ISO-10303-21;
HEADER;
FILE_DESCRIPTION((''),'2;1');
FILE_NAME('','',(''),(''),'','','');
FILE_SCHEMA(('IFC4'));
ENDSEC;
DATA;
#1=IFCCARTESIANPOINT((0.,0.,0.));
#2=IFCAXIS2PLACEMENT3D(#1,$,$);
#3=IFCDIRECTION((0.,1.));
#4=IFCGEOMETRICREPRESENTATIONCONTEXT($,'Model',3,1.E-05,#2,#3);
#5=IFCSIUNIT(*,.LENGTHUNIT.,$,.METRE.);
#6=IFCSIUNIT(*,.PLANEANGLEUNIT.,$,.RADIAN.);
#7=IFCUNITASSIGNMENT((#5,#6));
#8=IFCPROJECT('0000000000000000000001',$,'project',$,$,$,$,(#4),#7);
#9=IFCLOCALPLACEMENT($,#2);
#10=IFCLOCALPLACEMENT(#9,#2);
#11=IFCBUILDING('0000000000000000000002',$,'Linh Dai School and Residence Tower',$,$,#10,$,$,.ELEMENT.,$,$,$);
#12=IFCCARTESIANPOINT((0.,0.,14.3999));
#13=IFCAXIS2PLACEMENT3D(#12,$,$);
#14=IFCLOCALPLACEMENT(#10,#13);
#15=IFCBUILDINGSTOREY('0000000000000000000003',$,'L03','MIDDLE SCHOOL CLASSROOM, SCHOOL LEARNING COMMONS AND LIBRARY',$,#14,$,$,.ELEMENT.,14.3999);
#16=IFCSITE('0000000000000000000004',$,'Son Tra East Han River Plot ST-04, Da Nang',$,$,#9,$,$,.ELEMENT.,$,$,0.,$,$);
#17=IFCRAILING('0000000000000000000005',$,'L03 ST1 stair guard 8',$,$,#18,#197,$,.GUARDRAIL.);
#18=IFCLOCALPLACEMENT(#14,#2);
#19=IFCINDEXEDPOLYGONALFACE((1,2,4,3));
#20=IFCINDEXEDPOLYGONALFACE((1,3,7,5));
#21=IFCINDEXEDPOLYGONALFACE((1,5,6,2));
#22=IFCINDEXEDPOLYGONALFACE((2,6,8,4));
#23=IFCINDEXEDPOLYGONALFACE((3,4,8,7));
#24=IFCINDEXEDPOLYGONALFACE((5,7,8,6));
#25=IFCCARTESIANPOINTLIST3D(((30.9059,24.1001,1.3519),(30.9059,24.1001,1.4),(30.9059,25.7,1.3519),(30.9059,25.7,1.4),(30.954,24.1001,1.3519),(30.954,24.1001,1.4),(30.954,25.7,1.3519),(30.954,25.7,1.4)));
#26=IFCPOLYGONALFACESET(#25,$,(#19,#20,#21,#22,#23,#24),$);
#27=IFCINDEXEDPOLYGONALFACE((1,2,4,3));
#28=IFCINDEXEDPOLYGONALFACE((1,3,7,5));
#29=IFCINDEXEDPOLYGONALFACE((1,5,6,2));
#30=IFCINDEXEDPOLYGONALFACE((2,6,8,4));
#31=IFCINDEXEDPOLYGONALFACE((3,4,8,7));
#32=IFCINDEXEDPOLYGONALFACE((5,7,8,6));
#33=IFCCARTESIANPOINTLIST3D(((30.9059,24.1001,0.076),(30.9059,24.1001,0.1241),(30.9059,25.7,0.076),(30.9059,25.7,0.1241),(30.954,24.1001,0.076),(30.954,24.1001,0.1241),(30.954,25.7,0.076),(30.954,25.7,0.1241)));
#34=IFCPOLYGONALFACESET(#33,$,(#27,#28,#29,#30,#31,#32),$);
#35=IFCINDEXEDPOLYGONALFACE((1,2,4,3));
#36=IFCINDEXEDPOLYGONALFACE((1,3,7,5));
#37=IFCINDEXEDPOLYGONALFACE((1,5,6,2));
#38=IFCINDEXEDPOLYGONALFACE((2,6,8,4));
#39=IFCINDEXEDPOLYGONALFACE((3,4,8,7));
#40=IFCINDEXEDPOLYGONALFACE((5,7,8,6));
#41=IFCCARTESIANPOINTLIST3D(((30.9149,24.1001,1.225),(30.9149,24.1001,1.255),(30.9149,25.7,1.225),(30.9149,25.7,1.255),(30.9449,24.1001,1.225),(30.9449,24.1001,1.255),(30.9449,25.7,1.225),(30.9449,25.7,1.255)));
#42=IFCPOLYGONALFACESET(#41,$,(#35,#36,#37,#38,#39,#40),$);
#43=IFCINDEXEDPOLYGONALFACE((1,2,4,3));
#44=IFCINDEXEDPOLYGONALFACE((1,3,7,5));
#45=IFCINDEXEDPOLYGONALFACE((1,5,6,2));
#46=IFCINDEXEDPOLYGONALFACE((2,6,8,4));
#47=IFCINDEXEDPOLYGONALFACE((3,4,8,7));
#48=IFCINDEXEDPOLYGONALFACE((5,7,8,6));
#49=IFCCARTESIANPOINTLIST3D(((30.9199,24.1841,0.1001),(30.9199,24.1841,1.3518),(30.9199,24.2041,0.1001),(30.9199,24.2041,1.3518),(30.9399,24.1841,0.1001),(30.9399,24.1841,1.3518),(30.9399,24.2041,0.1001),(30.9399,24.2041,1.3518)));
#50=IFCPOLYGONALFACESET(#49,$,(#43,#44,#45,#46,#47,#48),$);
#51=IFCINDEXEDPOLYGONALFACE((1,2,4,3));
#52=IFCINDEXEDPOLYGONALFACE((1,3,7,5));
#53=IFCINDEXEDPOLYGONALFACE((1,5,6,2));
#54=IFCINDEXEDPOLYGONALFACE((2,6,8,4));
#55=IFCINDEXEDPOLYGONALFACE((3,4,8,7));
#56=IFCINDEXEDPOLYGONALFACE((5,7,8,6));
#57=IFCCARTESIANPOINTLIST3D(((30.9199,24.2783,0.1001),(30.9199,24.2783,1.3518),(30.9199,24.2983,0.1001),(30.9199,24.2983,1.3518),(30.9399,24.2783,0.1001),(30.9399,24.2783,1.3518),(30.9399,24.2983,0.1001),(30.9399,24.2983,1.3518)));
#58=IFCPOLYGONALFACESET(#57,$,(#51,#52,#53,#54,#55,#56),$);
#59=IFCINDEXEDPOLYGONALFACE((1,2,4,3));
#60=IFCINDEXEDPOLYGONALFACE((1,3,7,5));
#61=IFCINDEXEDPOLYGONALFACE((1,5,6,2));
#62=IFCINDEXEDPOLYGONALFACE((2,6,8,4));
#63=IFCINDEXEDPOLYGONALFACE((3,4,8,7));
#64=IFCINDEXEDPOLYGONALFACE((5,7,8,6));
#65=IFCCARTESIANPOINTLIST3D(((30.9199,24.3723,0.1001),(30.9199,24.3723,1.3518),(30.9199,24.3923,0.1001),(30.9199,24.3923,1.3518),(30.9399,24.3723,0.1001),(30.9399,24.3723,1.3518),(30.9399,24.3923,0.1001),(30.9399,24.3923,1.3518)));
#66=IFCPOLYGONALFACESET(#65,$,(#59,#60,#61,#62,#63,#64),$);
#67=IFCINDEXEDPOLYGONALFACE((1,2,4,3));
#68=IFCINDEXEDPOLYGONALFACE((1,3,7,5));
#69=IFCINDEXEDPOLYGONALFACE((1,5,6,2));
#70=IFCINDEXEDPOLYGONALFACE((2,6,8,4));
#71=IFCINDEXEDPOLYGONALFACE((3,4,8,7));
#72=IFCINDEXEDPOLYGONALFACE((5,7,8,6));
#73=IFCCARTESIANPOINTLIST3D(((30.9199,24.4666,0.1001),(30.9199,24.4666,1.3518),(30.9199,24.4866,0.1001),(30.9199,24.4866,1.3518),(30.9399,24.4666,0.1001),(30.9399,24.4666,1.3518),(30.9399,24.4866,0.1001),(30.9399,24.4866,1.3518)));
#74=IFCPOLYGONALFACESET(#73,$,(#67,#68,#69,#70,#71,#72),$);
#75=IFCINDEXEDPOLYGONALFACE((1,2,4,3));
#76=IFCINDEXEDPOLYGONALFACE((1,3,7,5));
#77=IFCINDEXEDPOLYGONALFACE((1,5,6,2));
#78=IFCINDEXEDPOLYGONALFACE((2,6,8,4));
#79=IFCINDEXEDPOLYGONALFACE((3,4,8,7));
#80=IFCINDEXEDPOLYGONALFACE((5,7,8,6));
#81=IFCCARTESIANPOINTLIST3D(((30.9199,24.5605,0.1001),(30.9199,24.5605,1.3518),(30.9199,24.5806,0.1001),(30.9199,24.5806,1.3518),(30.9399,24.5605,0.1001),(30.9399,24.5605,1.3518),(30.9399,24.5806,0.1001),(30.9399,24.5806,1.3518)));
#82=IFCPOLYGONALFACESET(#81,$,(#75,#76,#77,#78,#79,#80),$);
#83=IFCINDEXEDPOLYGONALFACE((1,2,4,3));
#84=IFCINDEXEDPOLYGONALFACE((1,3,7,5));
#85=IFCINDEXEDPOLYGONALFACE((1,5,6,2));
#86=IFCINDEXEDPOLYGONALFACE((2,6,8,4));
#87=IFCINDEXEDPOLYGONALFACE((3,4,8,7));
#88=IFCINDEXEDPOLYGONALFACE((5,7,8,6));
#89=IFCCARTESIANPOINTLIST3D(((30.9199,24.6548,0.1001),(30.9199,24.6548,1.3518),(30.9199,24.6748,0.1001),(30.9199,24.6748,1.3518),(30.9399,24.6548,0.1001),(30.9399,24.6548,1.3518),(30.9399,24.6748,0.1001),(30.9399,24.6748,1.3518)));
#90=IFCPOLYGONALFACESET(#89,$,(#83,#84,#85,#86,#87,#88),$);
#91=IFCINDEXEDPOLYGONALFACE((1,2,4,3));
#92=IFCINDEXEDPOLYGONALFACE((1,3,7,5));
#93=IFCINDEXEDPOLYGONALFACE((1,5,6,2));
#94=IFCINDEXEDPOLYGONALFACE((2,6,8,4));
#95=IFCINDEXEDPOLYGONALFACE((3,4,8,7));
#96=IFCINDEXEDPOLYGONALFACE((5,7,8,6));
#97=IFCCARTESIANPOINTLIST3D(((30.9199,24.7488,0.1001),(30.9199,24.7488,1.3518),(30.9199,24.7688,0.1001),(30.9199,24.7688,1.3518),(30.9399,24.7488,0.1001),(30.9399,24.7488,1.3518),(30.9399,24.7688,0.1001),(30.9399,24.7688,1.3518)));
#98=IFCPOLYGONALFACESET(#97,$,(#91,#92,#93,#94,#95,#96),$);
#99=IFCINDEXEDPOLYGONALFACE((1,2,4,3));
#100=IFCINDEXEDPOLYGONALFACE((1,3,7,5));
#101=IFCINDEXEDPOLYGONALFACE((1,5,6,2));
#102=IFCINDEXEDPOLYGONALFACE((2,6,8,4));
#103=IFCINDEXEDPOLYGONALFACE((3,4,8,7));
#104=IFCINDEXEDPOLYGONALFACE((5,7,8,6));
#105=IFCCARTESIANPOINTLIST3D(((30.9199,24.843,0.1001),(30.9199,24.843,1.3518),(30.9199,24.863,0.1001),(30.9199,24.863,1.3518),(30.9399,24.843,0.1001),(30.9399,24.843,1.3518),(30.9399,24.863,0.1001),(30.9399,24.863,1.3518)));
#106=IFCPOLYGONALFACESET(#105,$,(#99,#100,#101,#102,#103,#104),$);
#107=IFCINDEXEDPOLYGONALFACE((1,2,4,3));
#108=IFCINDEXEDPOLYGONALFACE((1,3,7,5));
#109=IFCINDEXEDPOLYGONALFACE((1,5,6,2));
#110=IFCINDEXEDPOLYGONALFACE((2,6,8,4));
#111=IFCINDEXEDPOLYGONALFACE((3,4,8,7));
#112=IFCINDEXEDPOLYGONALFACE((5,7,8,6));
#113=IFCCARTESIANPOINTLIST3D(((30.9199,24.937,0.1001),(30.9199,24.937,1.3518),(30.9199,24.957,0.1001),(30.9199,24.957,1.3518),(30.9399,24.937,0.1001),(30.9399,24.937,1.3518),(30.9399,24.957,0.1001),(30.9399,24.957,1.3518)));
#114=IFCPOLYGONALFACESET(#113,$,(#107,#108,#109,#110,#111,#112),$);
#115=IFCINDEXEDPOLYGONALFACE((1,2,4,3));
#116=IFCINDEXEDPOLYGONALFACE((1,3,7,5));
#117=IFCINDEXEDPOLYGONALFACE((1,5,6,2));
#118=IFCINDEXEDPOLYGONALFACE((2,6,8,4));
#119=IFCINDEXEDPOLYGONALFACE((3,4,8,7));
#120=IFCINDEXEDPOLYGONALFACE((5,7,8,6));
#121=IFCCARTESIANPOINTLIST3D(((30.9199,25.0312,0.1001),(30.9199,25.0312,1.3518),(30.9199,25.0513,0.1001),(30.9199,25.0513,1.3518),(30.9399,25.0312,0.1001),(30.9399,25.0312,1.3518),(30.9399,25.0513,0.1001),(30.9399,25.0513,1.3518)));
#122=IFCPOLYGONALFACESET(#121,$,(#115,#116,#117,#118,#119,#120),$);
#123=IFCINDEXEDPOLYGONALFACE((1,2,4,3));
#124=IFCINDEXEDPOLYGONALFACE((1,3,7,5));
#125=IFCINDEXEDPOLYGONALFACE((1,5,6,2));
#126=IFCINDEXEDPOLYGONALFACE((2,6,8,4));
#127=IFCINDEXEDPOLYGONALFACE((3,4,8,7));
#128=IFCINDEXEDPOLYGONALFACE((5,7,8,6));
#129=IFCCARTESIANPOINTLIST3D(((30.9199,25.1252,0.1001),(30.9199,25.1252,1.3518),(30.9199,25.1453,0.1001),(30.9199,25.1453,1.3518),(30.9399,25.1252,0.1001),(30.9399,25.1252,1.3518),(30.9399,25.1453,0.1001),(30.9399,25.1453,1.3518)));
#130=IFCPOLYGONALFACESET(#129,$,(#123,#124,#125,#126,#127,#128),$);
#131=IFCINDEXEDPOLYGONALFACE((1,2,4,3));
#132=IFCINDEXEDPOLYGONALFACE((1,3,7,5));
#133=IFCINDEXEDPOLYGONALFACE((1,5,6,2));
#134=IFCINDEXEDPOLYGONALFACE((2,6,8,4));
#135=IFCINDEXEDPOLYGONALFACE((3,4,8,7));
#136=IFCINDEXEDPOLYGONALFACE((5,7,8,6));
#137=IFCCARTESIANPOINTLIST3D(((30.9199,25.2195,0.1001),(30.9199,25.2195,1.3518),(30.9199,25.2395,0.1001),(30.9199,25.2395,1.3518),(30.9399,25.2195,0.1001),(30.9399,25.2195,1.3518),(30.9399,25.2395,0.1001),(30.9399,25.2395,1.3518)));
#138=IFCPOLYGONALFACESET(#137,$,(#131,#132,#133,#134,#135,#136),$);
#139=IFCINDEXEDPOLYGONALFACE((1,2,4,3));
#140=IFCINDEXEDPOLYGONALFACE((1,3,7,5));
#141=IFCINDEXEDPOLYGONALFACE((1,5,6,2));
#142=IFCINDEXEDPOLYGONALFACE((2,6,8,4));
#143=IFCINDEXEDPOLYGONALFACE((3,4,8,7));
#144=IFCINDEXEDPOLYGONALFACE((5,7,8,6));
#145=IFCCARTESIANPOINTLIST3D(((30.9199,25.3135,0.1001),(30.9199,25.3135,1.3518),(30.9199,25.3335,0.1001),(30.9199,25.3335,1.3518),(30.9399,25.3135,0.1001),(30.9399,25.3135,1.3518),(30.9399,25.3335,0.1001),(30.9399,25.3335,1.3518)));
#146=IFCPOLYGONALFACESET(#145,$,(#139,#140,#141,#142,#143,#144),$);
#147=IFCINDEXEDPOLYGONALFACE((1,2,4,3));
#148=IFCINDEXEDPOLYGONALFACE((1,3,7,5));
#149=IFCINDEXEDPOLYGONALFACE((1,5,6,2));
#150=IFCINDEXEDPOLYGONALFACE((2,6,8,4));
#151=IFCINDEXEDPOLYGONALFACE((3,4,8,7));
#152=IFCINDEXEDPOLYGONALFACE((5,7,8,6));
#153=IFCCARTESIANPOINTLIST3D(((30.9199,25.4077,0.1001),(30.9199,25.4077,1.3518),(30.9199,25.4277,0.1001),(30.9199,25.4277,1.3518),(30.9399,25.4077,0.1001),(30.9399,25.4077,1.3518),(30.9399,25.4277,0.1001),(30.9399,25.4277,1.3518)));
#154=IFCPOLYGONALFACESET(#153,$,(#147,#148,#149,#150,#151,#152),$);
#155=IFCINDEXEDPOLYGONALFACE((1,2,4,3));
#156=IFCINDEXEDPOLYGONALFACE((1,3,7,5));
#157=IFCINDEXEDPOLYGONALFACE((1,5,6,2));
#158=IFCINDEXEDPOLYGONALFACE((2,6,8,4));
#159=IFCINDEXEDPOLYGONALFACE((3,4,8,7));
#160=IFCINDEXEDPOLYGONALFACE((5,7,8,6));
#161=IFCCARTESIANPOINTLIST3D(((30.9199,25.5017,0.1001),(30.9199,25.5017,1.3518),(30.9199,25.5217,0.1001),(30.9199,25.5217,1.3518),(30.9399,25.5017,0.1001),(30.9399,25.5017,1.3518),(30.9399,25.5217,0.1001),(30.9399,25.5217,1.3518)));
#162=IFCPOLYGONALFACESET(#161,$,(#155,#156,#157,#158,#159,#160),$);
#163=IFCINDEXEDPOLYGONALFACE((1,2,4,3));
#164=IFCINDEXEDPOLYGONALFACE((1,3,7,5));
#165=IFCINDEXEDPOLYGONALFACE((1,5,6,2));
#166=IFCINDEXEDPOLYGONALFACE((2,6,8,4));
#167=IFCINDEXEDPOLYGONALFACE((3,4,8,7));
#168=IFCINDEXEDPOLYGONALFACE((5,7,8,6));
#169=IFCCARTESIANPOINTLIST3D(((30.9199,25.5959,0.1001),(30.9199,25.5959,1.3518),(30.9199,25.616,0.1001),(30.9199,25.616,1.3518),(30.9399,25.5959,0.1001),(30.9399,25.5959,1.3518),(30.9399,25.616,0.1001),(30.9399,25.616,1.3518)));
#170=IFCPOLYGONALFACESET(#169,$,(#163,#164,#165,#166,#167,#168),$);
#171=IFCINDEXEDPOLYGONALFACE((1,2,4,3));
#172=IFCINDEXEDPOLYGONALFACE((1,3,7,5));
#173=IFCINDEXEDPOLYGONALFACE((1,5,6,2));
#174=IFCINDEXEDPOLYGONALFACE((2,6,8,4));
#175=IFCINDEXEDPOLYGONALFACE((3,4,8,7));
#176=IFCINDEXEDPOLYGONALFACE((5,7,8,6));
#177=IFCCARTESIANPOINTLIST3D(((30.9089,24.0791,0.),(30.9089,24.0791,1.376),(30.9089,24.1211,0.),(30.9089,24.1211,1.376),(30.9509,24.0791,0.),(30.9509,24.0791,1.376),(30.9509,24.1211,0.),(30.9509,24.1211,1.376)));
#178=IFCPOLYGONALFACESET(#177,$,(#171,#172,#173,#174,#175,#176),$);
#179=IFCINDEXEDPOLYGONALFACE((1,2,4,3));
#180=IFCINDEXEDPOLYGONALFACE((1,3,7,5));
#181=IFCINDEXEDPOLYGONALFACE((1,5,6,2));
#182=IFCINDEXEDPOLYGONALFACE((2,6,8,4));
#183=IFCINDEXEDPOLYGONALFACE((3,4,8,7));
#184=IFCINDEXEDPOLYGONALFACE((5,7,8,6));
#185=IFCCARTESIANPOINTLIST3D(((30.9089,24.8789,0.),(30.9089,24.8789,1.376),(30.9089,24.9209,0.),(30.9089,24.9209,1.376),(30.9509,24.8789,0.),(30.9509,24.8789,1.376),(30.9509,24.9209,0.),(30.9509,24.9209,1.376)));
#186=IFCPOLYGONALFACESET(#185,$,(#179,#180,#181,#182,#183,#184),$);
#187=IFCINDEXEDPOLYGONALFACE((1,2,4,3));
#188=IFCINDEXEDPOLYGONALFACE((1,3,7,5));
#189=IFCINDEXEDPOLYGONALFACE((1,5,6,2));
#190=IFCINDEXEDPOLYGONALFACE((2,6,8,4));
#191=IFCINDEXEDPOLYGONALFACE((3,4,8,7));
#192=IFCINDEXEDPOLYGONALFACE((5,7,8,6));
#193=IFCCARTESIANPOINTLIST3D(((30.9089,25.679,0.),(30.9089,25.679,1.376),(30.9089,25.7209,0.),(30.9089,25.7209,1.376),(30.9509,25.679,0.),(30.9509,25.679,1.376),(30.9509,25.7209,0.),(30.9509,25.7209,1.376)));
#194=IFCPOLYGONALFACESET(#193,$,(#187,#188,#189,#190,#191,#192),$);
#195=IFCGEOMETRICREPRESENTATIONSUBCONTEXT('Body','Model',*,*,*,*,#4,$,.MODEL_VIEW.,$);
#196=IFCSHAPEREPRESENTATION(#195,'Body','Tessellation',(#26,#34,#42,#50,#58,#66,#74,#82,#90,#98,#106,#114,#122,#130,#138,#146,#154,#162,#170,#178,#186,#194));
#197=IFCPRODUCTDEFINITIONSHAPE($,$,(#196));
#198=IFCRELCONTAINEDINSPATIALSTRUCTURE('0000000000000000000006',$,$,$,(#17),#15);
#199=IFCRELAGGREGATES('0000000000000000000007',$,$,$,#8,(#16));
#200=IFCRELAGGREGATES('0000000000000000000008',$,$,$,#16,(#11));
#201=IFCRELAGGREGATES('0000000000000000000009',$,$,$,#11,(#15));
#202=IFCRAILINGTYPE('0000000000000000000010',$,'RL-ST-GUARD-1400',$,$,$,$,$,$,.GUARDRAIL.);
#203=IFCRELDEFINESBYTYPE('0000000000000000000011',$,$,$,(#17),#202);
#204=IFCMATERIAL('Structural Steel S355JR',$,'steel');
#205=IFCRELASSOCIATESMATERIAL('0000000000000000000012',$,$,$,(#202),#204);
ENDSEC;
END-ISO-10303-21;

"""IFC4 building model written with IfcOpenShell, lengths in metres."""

from ifc_helpers import new_model, si_unit, direction, frame, origin, origin_2d, place, context, subcontext, project, spatial, rectangle, extrude, source, transform, mapped, material, type_object, element, save


model = new_model("IFC4")

# Units and contexts
model_context = context("Model", 3, precision=1e-05, world=origin(), true_north=direction((0.0, 1.0)))
body_context = subcontext(model_context, "Body", "Model", "MODEL_VIEW")
ifc_project = project(units=[si_unit("LENGTHUNIT", "METRE"), si_unit("PLANEANGLEUNIT", "RADIAN")], contexts=[model_context])

# Site, building, storey
site_placement = place(None, origin())
site = spatial("IfcSite", under=ifc_project, at=site_placement, Name="Son Tra East Han River Plot ST-04, Da Nang", CompositionType="ELEMENT", RefElevation=0.0)
building_placement = place(site_placement, origin())
building = spatial("IfcBuilding", under=site, at=building_placement, Name="Linh Dai School and Residence Tower", CompositionType="ELEMENT")
storey_placement = place(building_placement, frame((0.0, 0.0, 14.3999)))
storey = spatial("IfcBuildingStorey", under=building, at=storey_placement, Name="L03", Description="MIDDLE SCHOOL CLASSROOM, SCHOOL LEARNING COMMONS AND LIBRARY", CompositionType="ELEMENT", Elevation=14.3999)

# Shared definitions
ifc_material_1 = material(Name="Structural Steel S355JR", Category="steel")

# Railing
railing_type_1 = type_object("IfcRailingType", Name="RL-ST-GUARD-1400", PredefinedType="GUARDRAIL", material=ifc_material_1)
shared_shape_1 = source(origin(), body_context, "Body", "SweptSolid", [
    extrude(rectangle(XDim=0.0481, YDim=0.0481, at=origin_2d()), frame((0.0, 0.0, 1.376), z_axis=(0.0, 1.0, 0.0), x_axis=(-1.0, 0.0, 0.0)), (0.0, 0.0, 1.0), 1.5999),
    extrude(rectangle(XDim=0.0481, YDim=0.0481, at=origin_2d()), frame((0.0, 0.0, 0.1001), z_axis=(0.0, 1.0, 0.0), x_axis=(-1.0, 0.0, 0.0)), (0.0, 0.0, 1.0), 1.5999),
    extrude(rectangle(XDim=0.03, YDim=0.03, at=origin_2d()), frame((0.0, 0.0, 1.24), z_axis=(0.0, 1.0, 0.0), x_axis=(-1.0, 0.0, 0.0)), (0.0, 0.0, 1.0), 1.5999),
    extrude(rectangle(XDim=0.02, YDim=0.02, at=origin_2d()), frame((0.0, 0.094, 0.1001)), (0.0, 0.0, 1.0), 1.2517),
    extrude(rectangle(XDim=0.02, YDim=0.02, at=origin_2d()), frame((0.0, 0.1882, 0.1001)), (0.0, 0.0, 1.0), 1.2517),
    extrude(rectangle(XDim=0.02, YDim=0.02, at=origin_2d()), frame((0.0, 0.2822, 0.1001)), (0.0, 0.0, 1.0), 1.2517),
    extrude(rectangle(XDim=0.02, YDim=0.02, at=origin_2d()), frame((0.0, 0.3765, 0.1001)), (0.0, 0.0, 1.0), 1.2517),
    extrude(rectangle(XDim=0.02, YDim=0.02, at=origin_2d()), frame((0.0, 0.4705, 0.1001)), (0.0, 0.0, 1.0), 1.2517),
    extrude(rectangle(XDim=0.02, YDim=0.02, at=origin_2d()), frame((0.0, 0.5647, 0.1001)), (0.0, 0.0, 1.0), 1.2517),
    extrude(rectangle(XDim=0.02, YDim=0.02, at=origin_2d()), frame((0.0, 0.6587, 0.1001)), (0.0, 0.0, 1.0), 1.2517),
    extrude(rectangle(XDim=0.02, YDim=0.02, at=origin_2d()), frame((0.0, 0.7529, 0.1001)), (0.0, 0.0, 1.0), 1.2517),
    extrude(rectangle(XDim=0.02, YDim=0.02, at=origin_2d()), frame((0.0, 0.8469, 0.1001)), (0.0, 0.0, 1.0), 1.2517),
    extrude(rectangle(XDim=0.02, YDim=0.02, at=origin_2d()), frame((0.0, 0.9412, 0.1001)), (0.0, 0.0, 1.0), 1.2517),
    extrude(rectangle(XDim=0.02, YDim=0.02, at=origin_2d()), frame((0.0, 1.0352, 0.1001)), (0.0, 0.0, 1.0), 1.2517),
    extrude(rectangle(XDim=0.02, YDim=0.02, at=origin_2d()), frame((0.0, 1.1294, 0.1001)), (0.0, 0.0, 1.0), 1.2517),
    extrude(rectangle(XDim=0.02, YDim=0.02, at=origin_2d()), frame((0.0, 1.2234, 0.1001)), (0.0, 0.0, 1.0), 1.2517),
    extrude(rectangle(XDim=0.02, YDim=0.02, at=origin_2d()), frame((0.0, 1.3176, 0.1001)), (0.0, 0.0, 1.0), 1.2517),
    extrude(rectangle(XDim=0.02, YDim=0.02, at=origin_2d()), frame((0.0, 1.4116, 0.1001)), (0.0, 0.0, 1.0), 1.2517),
    extrude(rectangle(XDim=0.02, YDim=0.02, at=origin_2d()), frame((0.0, 1.5059, 0.1001)), (0.0, 0.0, 1.0), 1.2517),
    extrude(rectangle(XDim=0.042, YDim=0.042, at=origin_2d()), origin(), (0.0, 0.0, 1.0), 1.376),
    extrude(rectangle(XDim=0.042, YDim=0.042, at=origin_2d()), frame((0.0, 0.7998, 0.0)), (0.0, 0.0, 1.0), 1.376),
    extrude(rectangle(XDim=0.042, YDim=0.042, at=origin_2d()), frame((0.0, 1.5999, 0.0)), (0.0, 0.0, 1.0), 1.376),
])
for number, where, name in (
    (1, (30.9299, 24.1001, 0.0), "L03 ST1 stair guard 8"),
):
    element("IfcRailing", number, at=place(storey_placement, frame(where)), inside=storey, type_object=railing_type_1, Name=name, PredefinedType="GUARDRAIL", context=body_context, shape_type="MappedRepresentation", body=[
        mapped(shared_shape_1, transform((0.0, 0.0, 0.0), x_axis=(1.0, 0.0, 0.0), y_axis=(0.0, 1.0, 0.0), z_axis=(0.0, 0.0, 1.0), scale=1.0)),
    ])

save(model, "model.ifc")
